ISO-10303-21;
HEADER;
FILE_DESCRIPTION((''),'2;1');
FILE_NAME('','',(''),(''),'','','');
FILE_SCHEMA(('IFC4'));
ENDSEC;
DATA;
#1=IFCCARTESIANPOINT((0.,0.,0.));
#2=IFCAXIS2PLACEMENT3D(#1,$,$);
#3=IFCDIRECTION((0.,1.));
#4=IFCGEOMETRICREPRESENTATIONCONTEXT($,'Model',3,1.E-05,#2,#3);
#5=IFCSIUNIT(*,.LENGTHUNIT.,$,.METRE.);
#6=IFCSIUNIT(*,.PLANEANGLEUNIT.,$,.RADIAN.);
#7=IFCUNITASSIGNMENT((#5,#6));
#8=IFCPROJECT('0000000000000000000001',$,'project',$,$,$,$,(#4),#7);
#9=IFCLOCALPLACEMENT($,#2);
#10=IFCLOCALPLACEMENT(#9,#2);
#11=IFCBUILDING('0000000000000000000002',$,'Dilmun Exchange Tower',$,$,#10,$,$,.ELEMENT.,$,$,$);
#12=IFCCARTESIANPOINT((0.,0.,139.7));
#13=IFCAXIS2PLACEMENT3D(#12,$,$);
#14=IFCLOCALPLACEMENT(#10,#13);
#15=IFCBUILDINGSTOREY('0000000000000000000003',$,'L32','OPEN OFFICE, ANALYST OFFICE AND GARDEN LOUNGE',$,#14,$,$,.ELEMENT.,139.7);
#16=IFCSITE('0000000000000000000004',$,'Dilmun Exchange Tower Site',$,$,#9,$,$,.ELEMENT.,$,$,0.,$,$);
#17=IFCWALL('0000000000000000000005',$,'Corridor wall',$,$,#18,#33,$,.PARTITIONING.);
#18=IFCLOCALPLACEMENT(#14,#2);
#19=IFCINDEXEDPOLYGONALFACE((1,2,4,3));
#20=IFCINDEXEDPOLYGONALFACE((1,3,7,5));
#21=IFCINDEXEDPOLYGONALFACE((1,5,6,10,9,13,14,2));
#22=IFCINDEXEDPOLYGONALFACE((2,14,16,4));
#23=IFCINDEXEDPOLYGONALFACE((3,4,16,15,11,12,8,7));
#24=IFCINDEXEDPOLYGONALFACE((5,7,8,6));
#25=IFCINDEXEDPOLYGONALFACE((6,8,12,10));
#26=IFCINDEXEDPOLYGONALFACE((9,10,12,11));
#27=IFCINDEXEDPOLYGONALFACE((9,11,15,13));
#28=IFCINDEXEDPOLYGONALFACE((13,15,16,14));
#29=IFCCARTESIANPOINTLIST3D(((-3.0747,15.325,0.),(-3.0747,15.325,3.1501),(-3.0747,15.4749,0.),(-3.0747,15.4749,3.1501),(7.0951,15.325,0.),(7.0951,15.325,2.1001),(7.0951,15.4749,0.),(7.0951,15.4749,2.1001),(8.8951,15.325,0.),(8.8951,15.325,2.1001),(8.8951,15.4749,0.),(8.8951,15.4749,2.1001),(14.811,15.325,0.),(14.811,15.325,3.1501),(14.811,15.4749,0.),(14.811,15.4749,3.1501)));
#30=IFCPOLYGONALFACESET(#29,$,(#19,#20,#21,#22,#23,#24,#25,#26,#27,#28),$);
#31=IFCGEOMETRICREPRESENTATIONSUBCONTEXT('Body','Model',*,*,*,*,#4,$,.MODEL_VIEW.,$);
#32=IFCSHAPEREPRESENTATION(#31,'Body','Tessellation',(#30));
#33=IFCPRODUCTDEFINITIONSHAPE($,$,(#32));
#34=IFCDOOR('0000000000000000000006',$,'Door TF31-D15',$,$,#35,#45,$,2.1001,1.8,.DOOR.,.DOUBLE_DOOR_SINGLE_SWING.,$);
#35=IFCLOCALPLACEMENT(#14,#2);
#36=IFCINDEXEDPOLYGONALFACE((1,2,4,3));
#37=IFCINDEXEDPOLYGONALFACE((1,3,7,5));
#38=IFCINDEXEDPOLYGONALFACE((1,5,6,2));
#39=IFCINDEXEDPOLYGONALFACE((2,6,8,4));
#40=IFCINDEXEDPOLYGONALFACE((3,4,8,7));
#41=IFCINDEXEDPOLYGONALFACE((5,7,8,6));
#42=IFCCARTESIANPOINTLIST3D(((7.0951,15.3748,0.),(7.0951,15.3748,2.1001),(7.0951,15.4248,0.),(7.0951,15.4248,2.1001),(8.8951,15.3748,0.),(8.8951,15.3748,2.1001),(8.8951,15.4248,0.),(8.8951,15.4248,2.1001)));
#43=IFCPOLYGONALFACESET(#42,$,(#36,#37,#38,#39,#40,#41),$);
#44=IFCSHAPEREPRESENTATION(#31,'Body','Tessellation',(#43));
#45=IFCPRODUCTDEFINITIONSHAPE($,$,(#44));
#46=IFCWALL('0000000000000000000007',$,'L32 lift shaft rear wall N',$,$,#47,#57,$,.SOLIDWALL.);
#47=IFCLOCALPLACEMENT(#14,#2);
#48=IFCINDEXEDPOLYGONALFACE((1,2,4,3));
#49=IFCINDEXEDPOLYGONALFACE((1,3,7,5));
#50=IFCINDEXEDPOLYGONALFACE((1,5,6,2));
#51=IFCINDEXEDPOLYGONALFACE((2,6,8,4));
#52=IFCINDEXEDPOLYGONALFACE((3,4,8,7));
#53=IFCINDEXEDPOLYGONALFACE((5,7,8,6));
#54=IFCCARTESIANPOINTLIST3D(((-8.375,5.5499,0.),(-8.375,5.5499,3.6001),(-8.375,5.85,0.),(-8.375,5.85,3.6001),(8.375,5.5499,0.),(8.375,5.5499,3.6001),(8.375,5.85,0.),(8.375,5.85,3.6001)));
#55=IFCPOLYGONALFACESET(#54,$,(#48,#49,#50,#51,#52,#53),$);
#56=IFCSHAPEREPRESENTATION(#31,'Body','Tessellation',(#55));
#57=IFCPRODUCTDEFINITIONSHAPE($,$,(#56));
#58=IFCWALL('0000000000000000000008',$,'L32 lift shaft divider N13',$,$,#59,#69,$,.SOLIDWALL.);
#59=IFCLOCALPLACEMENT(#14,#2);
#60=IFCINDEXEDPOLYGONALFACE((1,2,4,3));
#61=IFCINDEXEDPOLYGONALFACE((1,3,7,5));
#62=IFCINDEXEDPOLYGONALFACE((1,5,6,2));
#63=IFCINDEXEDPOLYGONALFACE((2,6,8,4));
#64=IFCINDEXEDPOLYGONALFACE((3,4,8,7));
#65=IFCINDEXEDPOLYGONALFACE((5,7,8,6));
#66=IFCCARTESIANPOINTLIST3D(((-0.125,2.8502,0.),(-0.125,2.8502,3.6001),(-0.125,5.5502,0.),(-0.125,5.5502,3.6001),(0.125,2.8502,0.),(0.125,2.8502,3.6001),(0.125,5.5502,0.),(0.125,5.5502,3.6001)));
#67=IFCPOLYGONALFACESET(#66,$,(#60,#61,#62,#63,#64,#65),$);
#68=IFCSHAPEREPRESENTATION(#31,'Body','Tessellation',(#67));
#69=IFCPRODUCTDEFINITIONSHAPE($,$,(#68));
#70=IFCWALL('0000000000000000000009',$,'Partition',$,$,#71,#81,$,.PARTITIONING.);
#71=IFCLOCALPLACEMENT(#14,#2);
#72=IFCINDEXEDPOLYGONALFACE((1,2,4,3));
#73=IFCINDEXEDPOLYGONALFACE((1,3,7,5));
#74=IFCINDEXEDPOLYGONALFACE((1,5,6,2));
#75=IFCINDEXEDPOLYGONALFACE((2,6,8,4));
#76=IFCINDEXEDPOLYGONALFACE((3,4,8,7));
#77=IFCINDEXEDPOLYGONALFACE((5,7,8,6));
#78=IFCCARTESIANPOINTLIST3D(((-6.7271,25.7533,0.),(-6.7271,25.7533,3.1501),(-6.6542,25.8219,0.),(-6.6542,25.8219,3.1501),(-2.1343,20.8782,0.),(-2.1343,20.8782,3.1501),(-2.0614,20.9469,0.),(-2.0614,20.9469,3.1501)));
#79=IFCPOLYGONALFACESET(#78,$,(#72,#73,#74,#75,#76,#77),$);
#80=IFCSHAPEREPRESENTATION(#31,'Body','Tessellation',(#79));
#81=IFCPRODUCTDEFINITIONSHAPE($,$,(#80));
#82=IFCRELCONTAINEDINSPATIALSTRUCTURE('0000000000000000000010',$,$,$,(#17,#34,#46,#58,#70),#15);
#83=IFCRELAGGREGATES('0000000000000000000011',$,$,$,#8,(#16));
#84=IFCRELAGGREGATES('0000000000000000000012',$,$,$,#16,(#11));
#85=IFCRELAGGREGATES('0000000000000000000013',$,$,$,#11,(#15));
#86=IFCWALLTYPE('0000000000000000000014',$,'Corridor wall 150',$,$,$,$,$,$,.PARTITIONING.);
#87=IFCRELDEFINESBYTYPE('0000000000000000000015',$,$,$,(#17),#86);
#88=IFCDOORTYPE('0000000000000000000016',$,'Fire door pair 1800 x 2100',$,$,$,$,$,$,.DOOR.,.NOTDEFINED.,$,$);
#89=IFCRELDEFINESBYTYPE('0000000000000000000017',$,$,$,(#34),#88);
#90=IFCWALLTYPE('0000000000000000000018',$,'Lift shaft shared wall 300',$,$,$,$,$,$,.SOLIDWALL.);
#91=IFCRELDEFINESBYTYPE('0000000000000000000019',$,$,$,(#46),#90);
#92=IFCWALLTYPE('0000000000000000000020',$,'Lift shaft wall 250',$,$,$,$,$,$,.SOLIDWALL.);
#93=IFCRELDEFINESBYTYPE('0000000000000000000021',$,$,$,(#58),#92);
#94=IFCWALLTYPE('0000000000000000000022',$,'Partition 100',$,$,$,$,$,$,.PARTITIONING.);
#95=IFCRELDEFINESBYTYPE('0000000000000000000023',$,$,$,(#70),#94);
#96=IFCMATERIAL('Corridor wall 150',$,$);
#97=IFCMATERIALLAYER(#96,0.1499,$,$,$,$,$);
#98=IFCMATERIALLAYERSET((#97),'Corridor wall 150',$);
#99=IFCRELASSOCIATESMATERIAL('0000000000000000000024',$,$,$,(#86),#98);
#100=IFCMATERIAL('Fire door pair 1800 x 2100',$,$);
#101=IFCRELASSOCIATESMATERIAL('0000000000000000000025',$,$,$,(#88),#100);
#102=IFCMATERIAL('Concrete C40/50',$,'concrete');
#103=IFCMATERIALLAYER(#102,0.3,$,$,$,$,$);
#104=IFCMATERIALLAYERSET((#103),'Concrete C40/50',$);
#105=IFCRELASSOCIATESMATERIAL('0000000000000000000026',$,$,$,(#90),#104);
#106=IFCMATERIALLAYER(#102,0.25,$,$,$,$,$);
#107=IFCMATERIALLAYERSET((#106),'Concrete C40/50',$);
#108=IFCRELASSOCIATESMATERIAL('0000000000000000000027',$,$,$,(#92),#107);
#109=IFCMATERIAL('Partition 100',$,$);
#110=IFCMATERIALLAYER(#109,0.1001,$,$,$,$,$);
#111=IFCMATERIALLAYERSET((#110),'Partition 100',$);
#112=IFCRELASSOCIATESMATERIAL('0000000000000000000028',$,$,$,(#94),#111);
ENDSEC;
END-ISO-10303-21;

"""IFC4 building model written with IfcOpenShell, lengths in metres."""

from ifc_helpers import new_model, si_unit, direction, frame, frame_2d, origin, place, context, subcontext, project, spatial, rectangle, extrude, material, layer, layer_set, type_object, element, fill, save


model = new_model("IFC4")

# Units and contexts
model_context = context("Model", 3, precision=1e-05, world=origin(), true_north=direction((0.0, 1.0)))
body_context = subcontext(model_context, "Body", "Model", "MODEL_VIEW")
ifc_project = project(units=[si_unit("LENGTHUNIT", "METRE"), si_unit("PLANEANGLEUNIT", "RADIAN")], contexts=[model_context])

# Site, building, storey
site_placement = place(None, origin())
site = spatial("IfcSite", under=ifc_project, at=site_placement, Name="Dilmun Exchange Tower Site", CompositionType="ELEMENT", RefElevation=0.0)
building_placement = place(site_placement, origin())
building = spatial("IfcBuilding", under=site, at=building_placement, Name="Dilmun Exchange Tower", CompositionType="ELEMENT")
storey_placement = place(building_placement, frame((0.0, 0.0, 139.7)))
storey = spatial("IfcBuildingStorey", under=building, at=storey_placement, Name="L32", Description="OPEN OFFICE, ANALYST OFFICE AND GARDEN LOUNGE", CompositionType="ELEMENT", Elevation=139.7)

# Shared definitions
ifc_material_1 = material(Name="Concrete C40/50", Category="concrete")

# Shared definitions
ifc_material_2 = material(Name="Corridor wall 150")
ifc_layer_1 = layer(ifc_material_2, 0.1499)
ifc_layer_set_1 = layer_set([ifc_layer_1], Name="Corridor wall 150")
wall_type_1 = type_object("IfcWallType", Name="Corridor wall 150", PredefinedType="PARTITIONING", material=ifc_layer_set_1)

# Wall, opening, door
wall_1_placement = place(storey_placement, frame((-3.0747, 15.3999, 0.0), z_axis=(0.0, 0.0, 1.0), x_axis=(1.0, 0.0, 0.0)))
wall_1 = element("IfcWall", 1, at=wall_1_placement, inside=storey, type_object=wall_type_1, Name="Corridor wall", PredefinedType="PARTITIONING", context=body_context, shape_type="SweptSolid", body=[
    extrude(rectangle(XDim=17.8857, YDim=0.1499, at=frame_2d((8.9429, 0.0))), origin(), (0.0, 0.0, 1.0), 3.1501),
])
opening_1_placement = place(wall_1_placement, frame((10.1699, 0.0, 0.0)))
opening_1 = element("IfcOpeningElement", 2, at=opening_1_placement, cuts=wall_1, PredefinedType="OPENING", context=body_context, shape_type="SweptSolid", body=[
    extrude(rectangle(XDim=1.8, YDim=2.1001, at=frame_2d((0.8999, 1.05))), frame((0.0, 0.085, 0.0), z_axis=(0.0, -1.0, 0.0), x_axis=(1.0, 0.0, 0.0)), (0.0, 0.0, 1.0), 0.1699),
])
ifc_material_3 = material(Name="Fire door pair 1800 x 2100")
door_type_1 = type_object("IfcDoorType", Name="Fire door pair 1800 x 2100", OperationType="NOTDEFINED", PredefinedType="DOOR", material=ifc_material_3)
door_1_placement = place(opening_1_placement, origin())
door_1 = element("IfcDoor", 3, at=door_1_placement, inside=storey, type_object=door_type_1, Name="Door TF31-D15", OperationType="DOUBLE_DOOR_SINGLE_SWING", OverallHeight=2.1001, OverallWidth=1.8, PredefinedType="DOOR", context=body_context, shape_type="SweptSolid", body=[
    extrude(rectangle(XDim=1.8, YDim=2.1001, at=frame_2d((0.8999, 1.05))), frame((0.0, 0.0249, 0.0), z_axis=(0.0, -1.0, 0.0), x_axis=(1.0, 0.0, 0.0)), (0.0, 0.0, 1.0), 0.05),
])
fill(opening_1, door_1)

# Walls
ifc_layer_2 = layer(ifc_material_1, 0.3)
ifc_layer_set_2 = layer_set([ifc_layer_2], Name="Concrete C40/50")
wall_type_2 = type_object("IfcWallType", Name="Lift shaft shared wall 300", PredefinedType="SOLIDWALL", material=ifc_layer_set_2)
wall_2_placement = place(storey_placement, frame((-8.375, 5.7, 0.0), z_axis=(0.0, 0.0, 1.0), x_axis=(1.0, 0.0, 0.0)))
element("IfcWall", 4, at=wall_2_placement, inside=storey, type_object=wall_type_2, Name="L32 lift shaft rear wall N", PredefinedType="SOLIDWALL", context=body_context, shape_type="SweptSolid", body=[
    extrude(rectangle(XDim=16.75, YDim=0.3, at=frame_2d((8.375, 0.0))), origin(), (0.0, 0.0, 1.0), 3.6001),
])
ifc_layer_3 = layer(ifc_material_1, 0.25)
ifc_layer_set_3 = layer_set([ifc_layer_3], Name="Concrete C40/50")
wall_type_3 = type_object("IfcWallType", Name="Lift shaft wall 250", PredefinedType="SOLIDWALL", material=ifc_layer_set_3)
wall_3_placement = place(storey_placement, frame((0.0, 2.8501, 0.0), z_axis=(0.0, 0.0, 1.0), x_axis=(0.0, 1.0, 0.0)))
element("IfcWall", 5, at=wall_3_placement, inside=storey, type_object=wall_type_3, Name="L32 lift shaft divider N13", PredefinedType="SOLIDWALL", context=body_context, shape_type="SweptSolid", body=[
    extrude(rectangle(XDim=2.7, YDim=0.25, at=frame_2d((1.3501, 0.0))), origin(), (0.0, 0.0, 1.0), 3.6001),
])
ifc_material_4 = material(Name="Partition 100")
ifc_layer_4 = layer(ifc_material_4, 0.1001)
ifc_layer_set_4 = layer_set([ifc_layer_4], Name="Partition 100")
wall_type_4 = type_object("IfcWallType", Name="Partition 100", PredefinedType="PARTITIONING", material=ifc_layer_set_4)
wall_4_placement = place(storey_placement, frame((-6.6907, 25.7876, 0.0), z_axis=(0.0, 0.0, 1.0), x_axis=(0.685724, -0.727862, 0.0)))
element("IfcWall", 6, at=wall_4_placement, inside=storey, type_object=wall_type_4, Name="Partition", PredefinedType="PARTITIONING", context=body_context, shape_type="SweptSolid", body=[
    extrude(rectangle(XDim=6.6978, YDim=0.1001, at=frame_2d((3.3489, 0.0))), origin(), (0.0, 0.0, 1.0), 3.1501),
])

save(model, "model.ifc")
